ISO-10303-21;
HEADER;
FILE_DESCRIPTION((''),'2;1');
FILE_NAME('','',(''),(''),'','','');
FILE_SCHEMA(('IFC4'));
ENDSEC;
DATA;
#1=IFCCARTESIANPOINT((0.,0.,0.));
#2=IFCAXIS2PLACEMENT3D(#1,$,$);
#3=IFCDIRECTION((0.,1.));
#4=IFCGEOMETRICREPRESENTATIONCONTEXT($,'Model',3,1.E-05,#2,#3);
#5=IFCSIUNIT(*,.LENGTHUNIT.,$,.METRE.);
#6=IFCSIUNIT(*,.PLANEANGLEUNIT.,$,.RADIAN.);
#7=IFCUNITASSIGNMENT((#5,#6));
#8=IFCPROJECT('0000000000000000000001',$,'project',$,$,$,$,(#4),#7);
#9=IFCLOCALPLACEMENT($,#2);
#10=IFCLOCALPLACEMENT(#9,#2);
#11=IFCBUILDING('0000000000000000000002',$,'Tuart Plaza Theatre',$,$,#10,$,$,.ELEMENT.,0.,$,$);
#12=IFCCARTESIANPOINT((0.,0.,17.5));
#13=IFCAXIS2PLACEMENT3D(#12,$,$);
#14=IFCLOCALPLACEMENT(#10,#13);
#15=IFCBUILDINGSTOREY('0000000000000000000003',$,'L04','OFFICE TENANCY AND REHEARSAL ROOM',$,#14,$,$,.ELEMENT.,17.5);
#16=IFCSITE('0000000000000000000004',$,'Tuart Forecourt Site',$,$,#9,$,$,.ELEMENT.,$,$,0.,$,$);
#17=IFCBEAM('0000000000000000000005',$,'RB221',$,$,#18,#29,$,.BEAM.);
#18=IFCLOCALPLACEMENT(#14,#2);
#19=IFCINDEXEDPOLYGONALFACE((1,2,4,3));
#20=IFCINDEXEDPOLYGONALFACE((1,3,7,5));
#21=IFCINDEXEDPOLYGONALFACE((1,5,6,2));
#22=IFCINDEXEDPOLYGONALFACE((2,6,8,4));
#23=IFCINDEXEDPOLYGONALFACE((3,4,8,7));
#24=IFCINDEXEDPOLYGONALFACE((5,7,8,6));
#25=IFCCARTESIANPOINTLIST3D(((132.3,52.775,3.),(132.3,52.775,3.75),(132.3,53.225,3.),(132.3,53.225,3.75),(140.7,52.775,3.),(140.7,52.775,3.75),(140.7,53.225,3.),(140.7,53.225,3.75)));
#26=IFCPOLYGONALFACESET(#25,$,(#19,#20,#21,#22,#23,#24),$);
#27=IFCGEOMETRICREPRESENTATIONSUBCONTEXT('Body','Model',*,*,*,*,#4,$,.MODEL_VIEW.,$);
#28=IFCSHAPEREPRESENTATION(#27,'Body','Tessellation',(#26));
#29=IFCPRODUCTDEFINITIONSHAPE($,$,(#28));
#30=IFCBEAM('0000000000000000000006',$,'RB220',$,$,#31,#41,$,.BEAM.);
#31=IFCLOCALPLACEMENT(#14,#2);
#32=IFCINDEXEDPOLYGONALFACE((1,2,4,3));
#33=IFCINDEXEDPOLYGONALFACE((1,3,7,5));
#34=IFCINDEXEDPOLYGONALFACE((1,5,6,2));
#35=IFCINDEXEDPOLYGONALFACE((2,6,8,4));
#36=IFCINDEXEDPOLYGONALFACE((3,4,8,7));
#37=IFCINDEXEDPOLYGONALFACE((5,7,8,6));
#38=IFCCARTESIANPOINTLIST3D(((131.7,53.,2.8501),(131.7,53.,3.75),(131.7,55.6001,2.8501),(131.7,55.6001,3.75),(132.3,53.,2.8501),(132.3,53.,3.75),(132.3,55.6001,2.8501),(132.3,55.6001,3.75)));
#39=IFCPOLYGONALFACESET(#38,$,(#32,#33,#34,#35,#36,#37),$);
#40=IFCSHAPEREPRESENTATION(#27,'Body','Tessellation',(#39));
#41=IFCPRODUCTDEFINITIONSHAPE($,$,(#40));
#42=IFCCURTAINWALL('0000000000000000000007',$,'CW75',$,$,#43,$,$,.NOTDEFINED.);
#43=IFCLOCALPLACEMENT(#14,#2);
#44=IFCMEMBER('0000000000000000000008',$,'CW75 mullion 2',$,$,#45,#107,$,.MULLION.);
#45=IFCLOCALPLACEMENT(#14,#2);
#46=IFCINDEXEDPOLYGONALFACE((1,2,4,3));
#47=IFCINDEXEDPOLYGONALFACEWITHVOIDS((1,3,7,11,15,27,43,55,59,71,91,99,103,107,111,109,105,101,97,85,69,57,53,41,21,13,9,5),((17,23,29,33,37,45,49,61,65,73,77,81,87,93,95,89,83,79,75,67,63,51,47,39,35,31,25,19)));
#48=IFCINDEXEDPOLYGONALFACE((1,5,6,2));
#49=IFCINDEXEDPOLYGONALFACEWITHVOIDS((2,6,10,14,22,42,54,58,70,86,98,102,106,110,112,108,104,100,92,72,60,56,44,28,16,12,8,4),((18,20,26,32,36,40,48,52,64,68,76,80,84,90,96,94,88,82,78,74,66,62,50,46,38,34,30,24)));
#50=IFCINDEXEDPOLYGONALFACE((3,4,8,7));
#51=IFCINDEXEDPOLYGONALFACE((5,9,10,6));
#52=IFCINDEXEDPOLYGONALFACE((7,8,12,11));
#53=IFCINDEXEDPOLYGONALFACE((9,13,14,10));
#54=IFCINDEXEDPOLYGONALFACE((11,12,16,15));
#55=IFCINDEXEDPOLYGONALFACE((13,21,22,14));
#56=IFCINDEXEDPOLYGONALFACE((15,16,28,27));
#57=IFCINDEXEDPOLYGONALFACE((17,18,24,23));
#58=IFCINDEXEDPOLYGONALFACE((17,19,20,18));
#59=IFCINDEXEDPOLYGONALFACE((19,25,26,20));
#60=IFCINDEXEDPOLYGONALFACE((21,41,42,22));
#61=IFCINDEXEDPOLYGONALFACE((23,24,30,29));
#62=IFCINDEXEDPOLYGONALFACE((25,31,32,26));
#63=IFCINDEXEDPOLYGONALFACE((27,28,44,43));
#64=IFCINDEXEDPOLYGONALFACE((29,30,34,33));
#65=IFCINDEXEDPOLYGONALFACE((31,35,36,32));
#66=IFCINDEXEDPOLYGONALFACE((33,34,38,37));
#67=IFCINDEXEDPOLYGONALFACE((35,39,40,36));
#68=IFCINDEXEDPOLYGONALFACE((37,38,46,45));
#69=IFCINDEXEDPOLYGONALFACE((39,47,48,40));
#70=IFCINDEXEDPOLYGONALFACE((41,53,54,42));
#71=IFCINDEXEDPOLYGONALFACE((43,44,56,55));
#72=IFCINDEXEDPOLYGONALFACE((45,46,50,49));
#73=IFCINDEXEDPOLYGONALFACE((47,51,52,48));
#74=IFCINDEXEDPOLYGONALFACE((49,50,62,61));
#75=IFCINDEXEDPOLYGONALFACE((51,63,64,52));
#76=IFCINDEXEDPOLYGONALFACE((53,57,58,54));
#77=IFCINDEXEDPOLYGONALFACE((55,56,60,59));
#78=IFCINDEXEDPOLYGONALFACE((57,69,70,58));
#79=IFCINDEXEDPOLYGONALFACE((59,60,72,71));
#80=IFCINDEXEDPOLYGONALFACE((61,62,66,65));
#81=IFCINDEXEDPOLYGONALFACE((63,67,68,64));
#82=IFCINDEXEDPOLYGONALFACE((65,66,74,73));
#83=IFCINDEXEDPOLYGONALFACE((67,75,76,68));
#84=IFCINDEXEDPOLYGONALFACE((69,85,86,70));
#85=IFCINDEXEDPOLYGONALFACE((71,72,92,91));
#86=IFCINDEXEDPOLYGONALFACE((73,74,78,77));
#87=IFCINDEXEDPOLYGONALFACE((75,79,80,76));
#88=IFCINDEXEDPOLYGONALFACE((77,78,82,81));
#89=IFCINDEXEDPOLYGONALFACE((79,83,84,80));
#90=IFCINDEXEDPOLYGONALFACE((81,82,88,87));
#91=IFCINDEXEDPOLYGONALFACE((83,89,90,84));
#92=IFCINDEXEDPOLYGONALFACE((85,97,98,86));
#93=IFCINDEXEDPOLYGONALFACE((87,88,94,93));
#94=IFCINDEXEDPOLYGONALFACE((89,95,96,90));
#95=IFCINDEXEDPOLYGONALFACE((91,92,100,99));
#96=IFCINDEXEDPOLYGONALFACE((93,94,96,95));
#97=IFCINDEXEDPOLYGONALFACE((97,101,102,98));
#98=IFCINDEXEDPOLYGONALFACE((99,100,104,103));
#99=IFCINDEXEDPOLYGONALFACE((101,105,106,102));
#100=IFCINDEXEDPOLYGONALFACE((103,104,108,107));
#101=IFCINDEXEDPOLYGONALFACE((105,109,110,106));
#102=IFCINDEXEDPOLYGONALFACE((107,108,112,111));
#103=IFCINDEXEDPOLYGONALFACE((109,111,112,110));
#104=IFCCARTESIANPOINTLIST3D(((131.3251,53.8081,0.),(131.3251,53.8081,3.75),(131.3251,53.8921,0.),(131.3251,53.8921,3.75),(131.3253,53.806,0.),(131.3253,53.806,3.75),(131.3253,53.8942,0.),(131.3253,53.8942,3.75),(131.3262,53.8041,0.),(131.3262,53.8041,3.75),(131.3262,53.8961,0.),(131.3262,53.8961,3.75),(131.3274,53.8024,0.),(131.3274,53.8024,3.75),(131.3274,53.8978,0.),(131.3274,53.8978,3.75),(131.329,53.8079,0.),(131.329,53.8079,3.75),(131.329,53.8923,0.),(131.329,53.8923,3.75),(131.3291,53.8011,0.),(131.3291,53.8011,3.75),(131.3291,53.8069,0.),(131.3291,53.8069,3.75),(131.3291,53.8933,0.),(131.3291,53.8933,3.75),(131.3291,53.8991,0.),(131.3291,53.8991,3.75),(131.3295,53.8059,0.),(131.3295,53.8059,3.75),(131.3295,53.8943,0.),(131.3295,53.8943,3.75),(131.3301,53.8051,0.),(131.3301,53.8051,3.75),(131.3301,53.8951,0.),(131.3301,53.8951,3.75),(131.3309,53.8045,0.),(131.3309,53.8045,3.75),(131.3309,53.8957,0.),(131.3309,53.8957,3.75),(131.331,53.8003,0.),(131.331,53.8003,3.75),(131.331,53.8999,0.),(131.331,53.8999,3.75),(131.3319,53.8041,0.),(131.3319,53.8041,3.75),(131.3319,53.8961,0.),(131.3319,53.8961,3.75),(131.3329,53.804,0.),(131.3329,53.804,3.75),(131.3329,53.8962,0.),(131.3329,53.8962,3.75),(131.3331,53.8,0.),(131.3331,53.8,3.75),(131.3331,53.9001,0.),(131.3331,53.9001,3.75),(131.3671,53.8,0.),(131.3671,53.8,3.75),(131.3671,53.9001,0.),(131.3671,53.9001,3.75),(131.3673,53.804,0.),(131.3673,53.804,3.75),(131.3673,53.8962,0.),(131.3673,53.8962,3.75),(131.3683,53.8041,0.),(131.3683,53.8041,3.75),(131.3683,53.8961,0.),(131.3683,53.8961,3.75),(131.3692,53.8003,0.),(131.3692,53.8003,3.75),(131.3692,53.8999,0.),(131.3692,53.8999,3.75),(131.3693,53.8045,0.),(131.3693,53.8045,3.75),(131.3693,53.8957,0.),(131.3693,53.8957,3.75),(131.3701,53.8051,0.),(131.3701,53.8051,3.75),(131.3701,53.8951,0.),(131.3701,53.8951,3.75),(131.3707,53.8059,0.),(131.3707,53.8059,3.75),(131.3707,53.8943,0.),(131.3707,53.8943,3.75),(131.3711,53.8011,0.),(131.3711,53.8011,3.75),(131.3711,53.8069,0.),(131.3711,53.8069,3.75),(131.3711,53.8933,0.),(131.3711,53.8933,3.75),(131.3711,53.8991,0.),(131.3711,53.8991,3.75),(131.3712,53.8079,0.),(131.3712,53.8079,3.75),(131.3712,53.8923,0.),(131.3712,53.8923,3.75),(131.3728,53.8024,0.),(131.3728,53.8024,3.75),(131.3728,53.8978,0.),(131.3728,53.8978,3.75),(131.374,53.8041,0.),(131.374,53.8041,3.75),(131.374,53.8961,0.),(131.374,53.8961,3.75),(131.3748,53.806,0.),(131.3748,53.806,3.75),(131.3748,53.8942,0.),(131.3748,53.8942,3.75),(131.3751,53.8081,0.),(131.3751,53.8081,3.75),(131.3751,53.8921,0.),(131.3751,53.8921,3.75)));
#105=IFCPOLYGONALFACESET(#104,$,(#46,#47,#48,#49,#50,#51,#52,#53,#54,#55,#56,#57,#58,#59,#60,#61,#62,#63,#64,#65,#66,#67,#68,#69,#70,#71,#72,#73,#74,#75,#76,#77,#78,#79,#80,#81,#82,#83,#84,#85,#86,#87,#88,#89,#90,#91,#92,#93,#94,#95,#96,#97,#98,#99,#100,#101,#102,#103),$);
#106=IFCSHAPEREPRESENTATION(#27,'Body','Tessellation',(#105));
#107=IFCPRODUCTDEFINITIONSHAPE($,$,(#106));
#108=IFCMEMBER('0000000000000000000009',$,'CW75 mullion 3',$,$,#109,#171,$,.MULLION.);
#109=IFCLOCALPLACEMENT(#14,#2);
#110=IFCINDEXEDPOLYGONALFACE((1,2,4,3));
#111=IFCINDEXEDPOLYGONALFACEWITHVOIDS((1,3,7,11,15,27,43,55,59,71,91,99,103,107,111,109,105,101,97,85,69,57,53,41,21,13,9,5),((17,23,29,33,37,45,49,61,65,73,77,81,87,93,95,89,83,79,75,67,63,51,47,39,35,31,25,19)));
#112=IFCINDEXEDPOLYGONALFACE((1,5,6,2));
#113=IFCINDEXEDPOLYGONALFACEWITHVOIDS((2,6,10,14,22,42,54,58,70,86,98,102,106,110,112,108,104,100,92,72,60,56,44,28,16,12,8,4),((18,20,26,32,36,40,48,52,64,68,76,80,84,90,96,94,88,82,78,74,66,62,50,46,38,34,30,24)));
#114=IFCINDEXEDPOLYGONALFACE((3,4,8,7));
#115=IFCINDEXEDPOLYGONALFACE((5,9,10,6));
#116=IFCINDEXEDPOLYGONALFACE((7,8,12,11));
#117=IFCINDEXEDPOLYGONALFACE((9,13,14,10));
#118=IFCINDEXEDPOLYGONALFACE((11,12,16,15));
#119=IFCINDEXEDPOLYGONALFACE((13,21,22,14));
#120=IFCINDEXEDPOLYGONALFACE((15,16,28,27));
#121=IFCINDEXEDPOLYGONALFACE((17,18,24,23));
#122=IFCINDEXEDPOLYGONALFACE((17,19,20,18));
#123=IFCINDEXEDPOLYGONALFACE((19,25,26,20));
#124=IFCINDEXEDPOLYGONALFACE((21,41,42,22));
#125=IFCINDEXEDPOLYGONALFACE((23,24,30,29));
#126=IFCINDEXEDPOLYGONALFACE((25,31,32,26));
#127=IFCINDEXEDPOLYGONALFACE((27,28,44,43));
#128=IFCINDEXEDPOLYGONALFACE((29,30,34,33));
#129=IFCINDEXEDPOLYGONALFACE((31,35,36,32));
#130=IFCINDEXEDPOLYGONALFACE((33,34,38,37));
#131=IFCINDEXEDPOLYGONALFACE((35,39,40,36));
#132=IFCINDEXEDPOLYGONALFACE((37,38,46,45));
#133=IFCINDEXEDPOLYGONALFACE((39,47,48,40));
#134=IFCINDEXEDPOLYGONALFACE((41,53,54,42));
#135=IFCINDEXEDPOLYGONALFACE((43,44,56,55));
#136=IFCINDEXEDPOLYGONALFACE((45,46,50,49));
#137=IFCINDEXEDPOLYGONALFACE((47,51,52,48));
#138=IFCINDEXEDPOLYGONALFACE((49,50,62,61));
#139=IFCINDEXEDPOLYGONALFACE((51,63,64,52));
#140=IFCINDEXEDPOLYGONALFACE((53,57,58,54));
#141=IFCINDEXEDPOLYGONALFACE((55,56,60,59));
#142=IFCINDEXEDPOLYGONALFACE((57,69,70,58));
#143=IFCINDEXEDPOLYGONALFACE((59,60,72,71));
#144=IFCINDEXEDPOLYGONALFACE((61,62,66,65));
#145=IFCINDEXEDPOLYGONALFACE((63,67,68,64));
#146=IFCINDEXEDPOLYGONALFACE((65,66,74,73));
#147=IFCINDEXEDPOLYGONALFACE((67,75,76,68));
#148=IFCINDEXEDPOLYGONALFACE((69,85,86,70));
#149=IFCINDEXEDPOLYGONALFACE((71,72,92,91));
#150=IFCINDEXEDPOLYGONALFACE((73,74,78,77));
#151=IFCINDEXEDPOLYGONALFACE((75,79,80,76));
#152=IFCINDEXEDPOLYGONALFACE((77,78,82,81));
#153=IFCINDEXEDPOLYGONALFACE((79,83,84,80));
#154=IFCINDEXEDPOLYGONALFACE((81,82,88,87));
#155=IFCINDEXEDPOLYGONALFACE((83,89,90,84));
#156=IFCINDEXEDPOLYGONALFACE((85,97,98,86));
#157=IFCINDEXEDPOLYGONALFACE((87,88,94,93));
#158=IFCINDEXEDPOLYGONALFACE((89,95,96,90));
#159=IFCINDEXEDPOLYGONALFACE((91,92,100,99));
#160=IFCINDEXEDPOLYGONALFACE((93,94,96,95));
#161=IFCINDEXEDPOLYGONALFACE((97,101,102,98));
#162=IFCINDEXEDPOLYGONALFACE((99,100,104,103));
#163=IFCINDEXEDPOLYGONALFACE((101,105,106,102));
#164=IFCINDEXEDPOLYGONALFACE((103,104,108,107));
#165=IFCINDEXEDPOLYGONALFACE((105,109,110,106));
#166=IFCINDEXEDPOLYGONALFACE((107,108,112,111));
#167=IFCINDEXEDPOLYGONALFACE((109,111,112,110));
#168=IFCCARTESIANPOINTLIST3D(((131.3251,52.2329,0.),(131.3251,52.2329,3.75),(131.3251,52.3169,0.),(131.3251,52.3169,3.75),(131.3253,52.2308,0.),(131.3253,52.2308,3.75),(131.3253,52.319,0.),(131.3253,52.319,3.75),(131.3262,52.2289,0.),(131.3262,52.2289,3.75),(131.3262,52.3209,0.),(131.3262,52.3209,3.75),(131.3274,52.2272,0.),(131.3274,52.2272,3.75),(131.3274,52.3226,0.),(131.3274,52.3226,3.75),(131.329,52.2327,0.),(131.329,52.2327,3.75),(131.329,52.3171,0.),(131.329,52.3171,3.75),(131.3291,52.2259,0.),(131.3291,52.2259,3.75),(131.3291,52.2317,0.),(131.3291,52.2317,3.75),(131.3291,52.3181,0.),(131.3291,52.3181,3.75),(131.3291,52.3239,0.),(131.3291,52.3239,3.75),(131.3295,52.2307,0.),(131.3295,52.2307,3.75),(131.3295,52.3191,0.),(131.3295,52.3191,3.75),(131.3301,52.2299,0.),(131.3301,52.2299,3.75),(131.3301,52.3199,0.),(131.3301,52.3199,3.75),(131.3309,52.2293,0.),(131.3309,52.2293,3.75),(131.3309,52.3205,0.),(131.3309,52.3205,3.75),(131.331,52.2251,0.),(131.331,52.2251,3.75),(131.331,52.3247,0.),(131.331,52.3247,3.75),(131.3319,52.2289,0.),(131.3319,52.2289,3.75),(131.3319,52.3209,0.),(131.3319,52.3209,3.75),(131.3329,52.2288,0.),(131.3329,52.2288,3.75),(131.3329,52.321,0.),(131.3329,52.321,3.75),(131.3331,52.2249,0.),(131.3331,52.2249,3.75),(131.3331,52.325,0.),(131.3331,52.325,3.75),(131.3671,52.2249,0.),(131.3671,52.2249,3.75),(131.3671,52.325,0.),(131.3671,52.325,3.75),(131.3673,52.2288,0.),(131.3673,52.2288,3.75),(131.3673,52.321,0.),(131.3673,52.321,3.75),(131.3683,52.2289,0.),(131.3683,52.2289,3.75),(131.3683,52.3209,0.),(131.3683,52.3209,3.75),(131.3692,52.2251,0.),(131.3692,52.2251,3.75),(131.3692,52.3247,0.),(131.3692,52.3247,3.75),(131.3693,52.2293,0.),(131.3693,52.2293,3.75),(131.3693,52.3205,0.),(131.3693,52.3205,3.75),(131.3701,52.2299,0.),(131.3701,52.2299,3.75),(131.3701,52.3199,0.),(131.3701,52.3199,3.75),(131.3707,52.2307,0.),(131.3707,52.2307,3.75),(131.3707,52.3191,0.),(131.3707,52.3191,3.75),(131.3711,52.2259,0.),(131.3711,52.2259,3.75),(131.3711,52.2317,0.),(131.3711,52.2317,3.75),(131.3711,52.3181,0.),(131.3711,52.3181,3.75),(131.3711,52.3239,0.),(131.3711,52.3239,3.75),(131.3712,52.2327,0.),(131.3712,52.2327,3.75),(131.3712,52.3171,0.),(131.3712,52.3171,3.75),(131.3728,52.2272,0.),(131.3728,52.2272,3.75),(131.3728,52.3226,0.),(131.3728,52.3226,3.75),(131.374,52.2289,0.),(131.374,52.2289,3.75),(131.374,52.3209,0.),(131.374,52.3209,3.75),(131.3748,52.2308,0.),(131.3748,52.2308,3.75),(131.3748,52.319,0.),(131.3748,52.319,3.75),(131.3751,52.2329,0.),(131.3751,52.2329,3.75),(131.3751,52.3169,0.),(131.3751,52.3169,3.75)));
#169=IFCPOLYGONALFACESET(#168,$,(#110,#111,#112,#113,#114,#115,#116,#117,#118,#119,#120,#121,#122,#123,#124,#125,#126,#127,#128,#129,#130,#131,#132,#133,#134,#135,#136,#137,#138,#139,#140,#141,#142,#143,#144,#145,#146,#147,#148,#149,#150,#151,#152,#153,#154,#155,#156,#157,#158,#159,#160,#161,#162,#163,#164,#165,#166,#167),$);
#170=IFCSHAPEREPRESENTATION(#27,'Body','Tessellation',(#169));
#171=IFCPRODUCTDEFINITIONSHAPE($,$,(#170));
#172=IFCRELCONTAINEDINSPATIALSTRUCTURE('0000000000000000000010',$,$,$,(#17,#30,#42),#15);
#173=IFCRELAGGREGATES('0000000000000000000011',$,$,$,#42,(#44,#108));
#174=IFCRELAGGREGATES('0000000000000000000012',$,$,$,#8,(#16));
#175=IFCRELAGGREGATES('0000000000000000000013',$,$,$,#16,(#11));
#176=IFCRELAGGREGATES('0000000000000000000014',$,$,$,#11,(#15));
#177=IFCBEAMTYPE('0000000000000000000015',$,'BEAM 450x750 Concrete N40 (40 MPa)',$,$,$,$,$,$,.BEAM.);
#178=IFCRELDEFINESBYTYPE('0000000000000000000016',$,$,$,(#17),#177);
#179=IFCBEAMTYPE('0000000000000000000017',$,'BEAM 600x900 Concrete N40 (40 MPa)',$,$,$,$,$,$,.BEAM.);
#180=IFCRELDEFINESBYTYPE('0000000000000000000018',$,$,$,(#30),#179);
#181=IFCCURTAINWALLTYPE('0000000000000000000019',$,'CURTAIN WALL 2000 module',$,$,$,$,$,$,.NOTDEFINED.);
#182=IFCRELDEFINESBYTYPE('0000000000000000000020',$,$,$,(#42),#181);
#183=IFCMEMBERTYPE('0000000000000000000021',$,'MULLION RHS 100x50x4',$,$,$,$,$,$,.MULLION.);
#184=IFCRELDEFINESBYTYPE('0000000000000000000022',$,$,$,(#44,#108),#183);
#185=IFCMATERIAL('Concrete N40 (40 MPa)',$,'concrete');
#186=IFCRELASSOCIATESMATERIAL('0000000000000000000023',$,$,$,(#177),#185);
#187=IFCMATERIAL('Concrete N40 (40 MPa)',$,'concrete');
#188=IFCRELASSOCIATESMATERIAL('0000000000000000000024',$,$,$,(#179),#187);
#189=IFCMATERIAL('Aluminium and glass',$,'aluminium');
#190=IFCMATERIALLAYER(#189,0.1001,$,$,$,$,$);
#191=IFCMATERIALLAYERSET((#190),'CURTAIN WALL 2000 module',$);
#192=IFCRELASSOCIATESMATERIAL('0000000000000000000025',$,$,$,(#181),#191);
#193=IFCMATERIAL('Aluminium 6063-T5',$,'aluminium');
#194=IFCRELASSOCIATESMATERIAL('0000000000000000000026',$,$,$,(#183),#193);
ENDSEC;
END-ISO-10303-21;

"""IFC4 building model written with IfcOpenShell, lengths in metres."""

from ifc_helpers import new_model, si_unit, direction, frame, origin, origin_2d, place, context, subcontext, project, spatial, rectangle, hollow_rectangle, extrude, material, layer, layer_set, material_profile, profile_set, type_object, element, aggregate, save


model = new_model("IFC4")

# Units and contexts
model_context = context("Model", 3, precision=1e-05, world=origin(), true_north=direction((0.0, 1.0)))
body_context = subcontext(model_context, "Body", "Model", "MODEL_VIEW")
ifc_project = project(units=[si_unit("LENGTHUNIT", "METRE"), si_unit("PLANEANGLEUNIT", "RADIAN")], contexts=[model_context])

# Site, building, storey
site_placement = place(None, origin())
site = spatial("IfcSite", under=ifc_project, at=site_placement, Name="Tuart Forecourt Site", CompositionType="ELEMENT", RefElevation=0.0)
building_placement = place(site_placement, origin())
building = spatial("IfcBuilding", under=site, at=building_placement, Name="Tuart Plaza Theatre", CompositionType="ELEMENT", ElevationOfRefHeight=0.0)
storey_placement = place(building_placement, frame((0.0, 0.0, 17.5)))
storey = spatial("IfcBuildingStorey", under=building, at=storey_placement, Name="L04", Description="OFFICE TENANCY AND REHEARSAL ROOM", CompositionType="ELEMENT", Elevation=17.5)

# Beams
ifc_material_1 = material(Name="Concrete N40 (40 MPa)", Category="concrete")
ifc_material_profile_1 = material_profile(ifc_material_1, rectangle(XDim=0.45, YDim=0.75, at=origin_2d()), Name="BEAM 450x750 Concrete N40 (40 MPa)")
ifc_profile_set_1 = profile_set([ifc_material_profile_1], Name="Concrete N40 (40 MPa)")
beam_type_1 = type_object("IfcBeamType", Name="BEAM 450x750 Concrete N40 (40 MPa)", PredefinedType="BEAM", material=ifc_profile_set_1)
beam_1_placement = place(storey_placement, frame((132.3, 53.0, 3.375), z_axis=(1.0, 0.0, 0.0), x_axis=(0.0, 1.0, 0.0)))
element("IfcBeam", 1, at=beam_1_placement, inside=storey, type_object=beam_type_1, Name="RB221", PredefinedType="BEAM", context=body_context, shape_type="SweptSolid", body=[
    extrude(rectangle(XDim=0.45, YDim=0.75, at=origin_2d()), origin(), (0.0, 0.0, 1.0), 8.3999),
])
ifc_material_2 = material(Name="Concrete N40 (40 MPa)", Category="concrete")
ifc_material_profile_2 = material_profile(ifc_material_2, rectangle(XDim=0.6001, YDim=0.8999, at=origin_2d()), Name="BEAM 600x900 Concrete N40 (40 MPa)")
ifc_profile_set_2 = profile_set([ifc_material_profile_2], Name="Concrete N40 (40 MPa)")
beam_type_2 = type_object("IfcBeamType", Name="BEAM 600x900 Concrete N40 (40 MPa)", PredefinedType="BEAM", material=ifc_profile_set_2)
beam_2_placement = place(storey_placement, frame((132.0, 53.0, 3.3), z_axis=(0.0, 1.0, 0.0), x_axis=(-1.0, 0.0, 0.0)))
element("IfcBeam", 2, at=beam_2_placement, inside=storey, type_object=beam_type_2, Name="RB220", PredefinedType="BEAM", context=body_context, shape_type="SweptSolid", body=[
    extrude(rectangle(XDim=0.6001, YDim=0.8999, at=origin_2d()), origin(), (0.0, 0.0, 1.0), 2.6001),
])

# Curtain wall, members
ifc_material_3 = material(Name="Aluminium and glass", Category="aluminium")
ifc_layer_1 = layer(ifc_material_3, 0.1001)
ifc_layer_set_1 = layer_set([ifc_layer_1], Name="CURTAIN WALL 2000 module")
curtain_wall_type = type_object("IfcCurtainWallType", Name="CURTAIN WALL 2000 module", PredefinedType="NOTDEFINED", material=ifc_layer_set_1)
curtain_wall_1_placement = place(storey_placement, origin())
curtain_wall_1 = element("IfcCurtainWall", 3, at=curtain_wall_1_placement, inside=storey, type_object=curtain_wall_type, Name="CW75", PredefinedType="NOTDEFINED")
ifc_material_4 = material(Name="Aluminium 6063-T5", Category="aluminium")
ifc_material_profile_3 = material_profile(ifc_material_4, hollow_rectangle(XDim=0.05, YDim=0.1001, WallThickness=0.0039, InnerFilletRadius=0.0039, OuterFilletRadius=0.0081, at=origin_2d()), Name="RHS 100x50x4")
ifc_profile_set_3 = profile_set([ifc_material_profile_3], Name="Aluminium 6063-T5")
member_type_1 = type_object("IfcMemberType", Name="MULLION RHS 100x50x4", PredefinedType="MULLION", material=ifc_profile_set_3)
member_1_placement = place(storey_placement, frame((131.3501, 53.8501, 0.0), z_axis=(0.0, 0.0, 1.0), x_axis=(1.0, 0.0, 0.0)))
member_1 = element("IfcMember", 4, at=member_1_placement, type_object=member_type_1, Name="CW75 mullion 2", PredefinedType="MULLION", context=body_context, shape_type="SweptSolid", body=[
    extrude(hollow_rectangle(XDim=0.05, YDim=0.1001, WallThickness=0.0039, InnerFilletRadius=0.0039, OuterFilletRadius=0.0081, at=origin_2d()), origin(), (0.0, 0.0, 1.0), 3.75),
])
member_2_placement = place(storey_placement, frame((131.3501, 52.2749, 0.0), z_axis=(0.0, 0.0, 1.0), x_axis=(1.0, 0.0, 0.0)))
member_2 = element("IfcMember", 5, at=member_2_placement, type_object=member_type_1, Name="CW75 mullion 3", PredefinedType="MULLION", context=body_context, shape_type="SweptSolid", body=[
    extrude(hollow_rectangle(XDim=0.05, YDim=0.1001, WallThickness=0.0039, InnerFilletRadius=0.0039, OuterFilletRadius=0.0081, at=origin_2d()), origin(), (0.0, 0.0, 1.0), 3.75),
])

aggregate(curtain_wall_1, [member_1, member_2])

save(model, "model.ifc")
